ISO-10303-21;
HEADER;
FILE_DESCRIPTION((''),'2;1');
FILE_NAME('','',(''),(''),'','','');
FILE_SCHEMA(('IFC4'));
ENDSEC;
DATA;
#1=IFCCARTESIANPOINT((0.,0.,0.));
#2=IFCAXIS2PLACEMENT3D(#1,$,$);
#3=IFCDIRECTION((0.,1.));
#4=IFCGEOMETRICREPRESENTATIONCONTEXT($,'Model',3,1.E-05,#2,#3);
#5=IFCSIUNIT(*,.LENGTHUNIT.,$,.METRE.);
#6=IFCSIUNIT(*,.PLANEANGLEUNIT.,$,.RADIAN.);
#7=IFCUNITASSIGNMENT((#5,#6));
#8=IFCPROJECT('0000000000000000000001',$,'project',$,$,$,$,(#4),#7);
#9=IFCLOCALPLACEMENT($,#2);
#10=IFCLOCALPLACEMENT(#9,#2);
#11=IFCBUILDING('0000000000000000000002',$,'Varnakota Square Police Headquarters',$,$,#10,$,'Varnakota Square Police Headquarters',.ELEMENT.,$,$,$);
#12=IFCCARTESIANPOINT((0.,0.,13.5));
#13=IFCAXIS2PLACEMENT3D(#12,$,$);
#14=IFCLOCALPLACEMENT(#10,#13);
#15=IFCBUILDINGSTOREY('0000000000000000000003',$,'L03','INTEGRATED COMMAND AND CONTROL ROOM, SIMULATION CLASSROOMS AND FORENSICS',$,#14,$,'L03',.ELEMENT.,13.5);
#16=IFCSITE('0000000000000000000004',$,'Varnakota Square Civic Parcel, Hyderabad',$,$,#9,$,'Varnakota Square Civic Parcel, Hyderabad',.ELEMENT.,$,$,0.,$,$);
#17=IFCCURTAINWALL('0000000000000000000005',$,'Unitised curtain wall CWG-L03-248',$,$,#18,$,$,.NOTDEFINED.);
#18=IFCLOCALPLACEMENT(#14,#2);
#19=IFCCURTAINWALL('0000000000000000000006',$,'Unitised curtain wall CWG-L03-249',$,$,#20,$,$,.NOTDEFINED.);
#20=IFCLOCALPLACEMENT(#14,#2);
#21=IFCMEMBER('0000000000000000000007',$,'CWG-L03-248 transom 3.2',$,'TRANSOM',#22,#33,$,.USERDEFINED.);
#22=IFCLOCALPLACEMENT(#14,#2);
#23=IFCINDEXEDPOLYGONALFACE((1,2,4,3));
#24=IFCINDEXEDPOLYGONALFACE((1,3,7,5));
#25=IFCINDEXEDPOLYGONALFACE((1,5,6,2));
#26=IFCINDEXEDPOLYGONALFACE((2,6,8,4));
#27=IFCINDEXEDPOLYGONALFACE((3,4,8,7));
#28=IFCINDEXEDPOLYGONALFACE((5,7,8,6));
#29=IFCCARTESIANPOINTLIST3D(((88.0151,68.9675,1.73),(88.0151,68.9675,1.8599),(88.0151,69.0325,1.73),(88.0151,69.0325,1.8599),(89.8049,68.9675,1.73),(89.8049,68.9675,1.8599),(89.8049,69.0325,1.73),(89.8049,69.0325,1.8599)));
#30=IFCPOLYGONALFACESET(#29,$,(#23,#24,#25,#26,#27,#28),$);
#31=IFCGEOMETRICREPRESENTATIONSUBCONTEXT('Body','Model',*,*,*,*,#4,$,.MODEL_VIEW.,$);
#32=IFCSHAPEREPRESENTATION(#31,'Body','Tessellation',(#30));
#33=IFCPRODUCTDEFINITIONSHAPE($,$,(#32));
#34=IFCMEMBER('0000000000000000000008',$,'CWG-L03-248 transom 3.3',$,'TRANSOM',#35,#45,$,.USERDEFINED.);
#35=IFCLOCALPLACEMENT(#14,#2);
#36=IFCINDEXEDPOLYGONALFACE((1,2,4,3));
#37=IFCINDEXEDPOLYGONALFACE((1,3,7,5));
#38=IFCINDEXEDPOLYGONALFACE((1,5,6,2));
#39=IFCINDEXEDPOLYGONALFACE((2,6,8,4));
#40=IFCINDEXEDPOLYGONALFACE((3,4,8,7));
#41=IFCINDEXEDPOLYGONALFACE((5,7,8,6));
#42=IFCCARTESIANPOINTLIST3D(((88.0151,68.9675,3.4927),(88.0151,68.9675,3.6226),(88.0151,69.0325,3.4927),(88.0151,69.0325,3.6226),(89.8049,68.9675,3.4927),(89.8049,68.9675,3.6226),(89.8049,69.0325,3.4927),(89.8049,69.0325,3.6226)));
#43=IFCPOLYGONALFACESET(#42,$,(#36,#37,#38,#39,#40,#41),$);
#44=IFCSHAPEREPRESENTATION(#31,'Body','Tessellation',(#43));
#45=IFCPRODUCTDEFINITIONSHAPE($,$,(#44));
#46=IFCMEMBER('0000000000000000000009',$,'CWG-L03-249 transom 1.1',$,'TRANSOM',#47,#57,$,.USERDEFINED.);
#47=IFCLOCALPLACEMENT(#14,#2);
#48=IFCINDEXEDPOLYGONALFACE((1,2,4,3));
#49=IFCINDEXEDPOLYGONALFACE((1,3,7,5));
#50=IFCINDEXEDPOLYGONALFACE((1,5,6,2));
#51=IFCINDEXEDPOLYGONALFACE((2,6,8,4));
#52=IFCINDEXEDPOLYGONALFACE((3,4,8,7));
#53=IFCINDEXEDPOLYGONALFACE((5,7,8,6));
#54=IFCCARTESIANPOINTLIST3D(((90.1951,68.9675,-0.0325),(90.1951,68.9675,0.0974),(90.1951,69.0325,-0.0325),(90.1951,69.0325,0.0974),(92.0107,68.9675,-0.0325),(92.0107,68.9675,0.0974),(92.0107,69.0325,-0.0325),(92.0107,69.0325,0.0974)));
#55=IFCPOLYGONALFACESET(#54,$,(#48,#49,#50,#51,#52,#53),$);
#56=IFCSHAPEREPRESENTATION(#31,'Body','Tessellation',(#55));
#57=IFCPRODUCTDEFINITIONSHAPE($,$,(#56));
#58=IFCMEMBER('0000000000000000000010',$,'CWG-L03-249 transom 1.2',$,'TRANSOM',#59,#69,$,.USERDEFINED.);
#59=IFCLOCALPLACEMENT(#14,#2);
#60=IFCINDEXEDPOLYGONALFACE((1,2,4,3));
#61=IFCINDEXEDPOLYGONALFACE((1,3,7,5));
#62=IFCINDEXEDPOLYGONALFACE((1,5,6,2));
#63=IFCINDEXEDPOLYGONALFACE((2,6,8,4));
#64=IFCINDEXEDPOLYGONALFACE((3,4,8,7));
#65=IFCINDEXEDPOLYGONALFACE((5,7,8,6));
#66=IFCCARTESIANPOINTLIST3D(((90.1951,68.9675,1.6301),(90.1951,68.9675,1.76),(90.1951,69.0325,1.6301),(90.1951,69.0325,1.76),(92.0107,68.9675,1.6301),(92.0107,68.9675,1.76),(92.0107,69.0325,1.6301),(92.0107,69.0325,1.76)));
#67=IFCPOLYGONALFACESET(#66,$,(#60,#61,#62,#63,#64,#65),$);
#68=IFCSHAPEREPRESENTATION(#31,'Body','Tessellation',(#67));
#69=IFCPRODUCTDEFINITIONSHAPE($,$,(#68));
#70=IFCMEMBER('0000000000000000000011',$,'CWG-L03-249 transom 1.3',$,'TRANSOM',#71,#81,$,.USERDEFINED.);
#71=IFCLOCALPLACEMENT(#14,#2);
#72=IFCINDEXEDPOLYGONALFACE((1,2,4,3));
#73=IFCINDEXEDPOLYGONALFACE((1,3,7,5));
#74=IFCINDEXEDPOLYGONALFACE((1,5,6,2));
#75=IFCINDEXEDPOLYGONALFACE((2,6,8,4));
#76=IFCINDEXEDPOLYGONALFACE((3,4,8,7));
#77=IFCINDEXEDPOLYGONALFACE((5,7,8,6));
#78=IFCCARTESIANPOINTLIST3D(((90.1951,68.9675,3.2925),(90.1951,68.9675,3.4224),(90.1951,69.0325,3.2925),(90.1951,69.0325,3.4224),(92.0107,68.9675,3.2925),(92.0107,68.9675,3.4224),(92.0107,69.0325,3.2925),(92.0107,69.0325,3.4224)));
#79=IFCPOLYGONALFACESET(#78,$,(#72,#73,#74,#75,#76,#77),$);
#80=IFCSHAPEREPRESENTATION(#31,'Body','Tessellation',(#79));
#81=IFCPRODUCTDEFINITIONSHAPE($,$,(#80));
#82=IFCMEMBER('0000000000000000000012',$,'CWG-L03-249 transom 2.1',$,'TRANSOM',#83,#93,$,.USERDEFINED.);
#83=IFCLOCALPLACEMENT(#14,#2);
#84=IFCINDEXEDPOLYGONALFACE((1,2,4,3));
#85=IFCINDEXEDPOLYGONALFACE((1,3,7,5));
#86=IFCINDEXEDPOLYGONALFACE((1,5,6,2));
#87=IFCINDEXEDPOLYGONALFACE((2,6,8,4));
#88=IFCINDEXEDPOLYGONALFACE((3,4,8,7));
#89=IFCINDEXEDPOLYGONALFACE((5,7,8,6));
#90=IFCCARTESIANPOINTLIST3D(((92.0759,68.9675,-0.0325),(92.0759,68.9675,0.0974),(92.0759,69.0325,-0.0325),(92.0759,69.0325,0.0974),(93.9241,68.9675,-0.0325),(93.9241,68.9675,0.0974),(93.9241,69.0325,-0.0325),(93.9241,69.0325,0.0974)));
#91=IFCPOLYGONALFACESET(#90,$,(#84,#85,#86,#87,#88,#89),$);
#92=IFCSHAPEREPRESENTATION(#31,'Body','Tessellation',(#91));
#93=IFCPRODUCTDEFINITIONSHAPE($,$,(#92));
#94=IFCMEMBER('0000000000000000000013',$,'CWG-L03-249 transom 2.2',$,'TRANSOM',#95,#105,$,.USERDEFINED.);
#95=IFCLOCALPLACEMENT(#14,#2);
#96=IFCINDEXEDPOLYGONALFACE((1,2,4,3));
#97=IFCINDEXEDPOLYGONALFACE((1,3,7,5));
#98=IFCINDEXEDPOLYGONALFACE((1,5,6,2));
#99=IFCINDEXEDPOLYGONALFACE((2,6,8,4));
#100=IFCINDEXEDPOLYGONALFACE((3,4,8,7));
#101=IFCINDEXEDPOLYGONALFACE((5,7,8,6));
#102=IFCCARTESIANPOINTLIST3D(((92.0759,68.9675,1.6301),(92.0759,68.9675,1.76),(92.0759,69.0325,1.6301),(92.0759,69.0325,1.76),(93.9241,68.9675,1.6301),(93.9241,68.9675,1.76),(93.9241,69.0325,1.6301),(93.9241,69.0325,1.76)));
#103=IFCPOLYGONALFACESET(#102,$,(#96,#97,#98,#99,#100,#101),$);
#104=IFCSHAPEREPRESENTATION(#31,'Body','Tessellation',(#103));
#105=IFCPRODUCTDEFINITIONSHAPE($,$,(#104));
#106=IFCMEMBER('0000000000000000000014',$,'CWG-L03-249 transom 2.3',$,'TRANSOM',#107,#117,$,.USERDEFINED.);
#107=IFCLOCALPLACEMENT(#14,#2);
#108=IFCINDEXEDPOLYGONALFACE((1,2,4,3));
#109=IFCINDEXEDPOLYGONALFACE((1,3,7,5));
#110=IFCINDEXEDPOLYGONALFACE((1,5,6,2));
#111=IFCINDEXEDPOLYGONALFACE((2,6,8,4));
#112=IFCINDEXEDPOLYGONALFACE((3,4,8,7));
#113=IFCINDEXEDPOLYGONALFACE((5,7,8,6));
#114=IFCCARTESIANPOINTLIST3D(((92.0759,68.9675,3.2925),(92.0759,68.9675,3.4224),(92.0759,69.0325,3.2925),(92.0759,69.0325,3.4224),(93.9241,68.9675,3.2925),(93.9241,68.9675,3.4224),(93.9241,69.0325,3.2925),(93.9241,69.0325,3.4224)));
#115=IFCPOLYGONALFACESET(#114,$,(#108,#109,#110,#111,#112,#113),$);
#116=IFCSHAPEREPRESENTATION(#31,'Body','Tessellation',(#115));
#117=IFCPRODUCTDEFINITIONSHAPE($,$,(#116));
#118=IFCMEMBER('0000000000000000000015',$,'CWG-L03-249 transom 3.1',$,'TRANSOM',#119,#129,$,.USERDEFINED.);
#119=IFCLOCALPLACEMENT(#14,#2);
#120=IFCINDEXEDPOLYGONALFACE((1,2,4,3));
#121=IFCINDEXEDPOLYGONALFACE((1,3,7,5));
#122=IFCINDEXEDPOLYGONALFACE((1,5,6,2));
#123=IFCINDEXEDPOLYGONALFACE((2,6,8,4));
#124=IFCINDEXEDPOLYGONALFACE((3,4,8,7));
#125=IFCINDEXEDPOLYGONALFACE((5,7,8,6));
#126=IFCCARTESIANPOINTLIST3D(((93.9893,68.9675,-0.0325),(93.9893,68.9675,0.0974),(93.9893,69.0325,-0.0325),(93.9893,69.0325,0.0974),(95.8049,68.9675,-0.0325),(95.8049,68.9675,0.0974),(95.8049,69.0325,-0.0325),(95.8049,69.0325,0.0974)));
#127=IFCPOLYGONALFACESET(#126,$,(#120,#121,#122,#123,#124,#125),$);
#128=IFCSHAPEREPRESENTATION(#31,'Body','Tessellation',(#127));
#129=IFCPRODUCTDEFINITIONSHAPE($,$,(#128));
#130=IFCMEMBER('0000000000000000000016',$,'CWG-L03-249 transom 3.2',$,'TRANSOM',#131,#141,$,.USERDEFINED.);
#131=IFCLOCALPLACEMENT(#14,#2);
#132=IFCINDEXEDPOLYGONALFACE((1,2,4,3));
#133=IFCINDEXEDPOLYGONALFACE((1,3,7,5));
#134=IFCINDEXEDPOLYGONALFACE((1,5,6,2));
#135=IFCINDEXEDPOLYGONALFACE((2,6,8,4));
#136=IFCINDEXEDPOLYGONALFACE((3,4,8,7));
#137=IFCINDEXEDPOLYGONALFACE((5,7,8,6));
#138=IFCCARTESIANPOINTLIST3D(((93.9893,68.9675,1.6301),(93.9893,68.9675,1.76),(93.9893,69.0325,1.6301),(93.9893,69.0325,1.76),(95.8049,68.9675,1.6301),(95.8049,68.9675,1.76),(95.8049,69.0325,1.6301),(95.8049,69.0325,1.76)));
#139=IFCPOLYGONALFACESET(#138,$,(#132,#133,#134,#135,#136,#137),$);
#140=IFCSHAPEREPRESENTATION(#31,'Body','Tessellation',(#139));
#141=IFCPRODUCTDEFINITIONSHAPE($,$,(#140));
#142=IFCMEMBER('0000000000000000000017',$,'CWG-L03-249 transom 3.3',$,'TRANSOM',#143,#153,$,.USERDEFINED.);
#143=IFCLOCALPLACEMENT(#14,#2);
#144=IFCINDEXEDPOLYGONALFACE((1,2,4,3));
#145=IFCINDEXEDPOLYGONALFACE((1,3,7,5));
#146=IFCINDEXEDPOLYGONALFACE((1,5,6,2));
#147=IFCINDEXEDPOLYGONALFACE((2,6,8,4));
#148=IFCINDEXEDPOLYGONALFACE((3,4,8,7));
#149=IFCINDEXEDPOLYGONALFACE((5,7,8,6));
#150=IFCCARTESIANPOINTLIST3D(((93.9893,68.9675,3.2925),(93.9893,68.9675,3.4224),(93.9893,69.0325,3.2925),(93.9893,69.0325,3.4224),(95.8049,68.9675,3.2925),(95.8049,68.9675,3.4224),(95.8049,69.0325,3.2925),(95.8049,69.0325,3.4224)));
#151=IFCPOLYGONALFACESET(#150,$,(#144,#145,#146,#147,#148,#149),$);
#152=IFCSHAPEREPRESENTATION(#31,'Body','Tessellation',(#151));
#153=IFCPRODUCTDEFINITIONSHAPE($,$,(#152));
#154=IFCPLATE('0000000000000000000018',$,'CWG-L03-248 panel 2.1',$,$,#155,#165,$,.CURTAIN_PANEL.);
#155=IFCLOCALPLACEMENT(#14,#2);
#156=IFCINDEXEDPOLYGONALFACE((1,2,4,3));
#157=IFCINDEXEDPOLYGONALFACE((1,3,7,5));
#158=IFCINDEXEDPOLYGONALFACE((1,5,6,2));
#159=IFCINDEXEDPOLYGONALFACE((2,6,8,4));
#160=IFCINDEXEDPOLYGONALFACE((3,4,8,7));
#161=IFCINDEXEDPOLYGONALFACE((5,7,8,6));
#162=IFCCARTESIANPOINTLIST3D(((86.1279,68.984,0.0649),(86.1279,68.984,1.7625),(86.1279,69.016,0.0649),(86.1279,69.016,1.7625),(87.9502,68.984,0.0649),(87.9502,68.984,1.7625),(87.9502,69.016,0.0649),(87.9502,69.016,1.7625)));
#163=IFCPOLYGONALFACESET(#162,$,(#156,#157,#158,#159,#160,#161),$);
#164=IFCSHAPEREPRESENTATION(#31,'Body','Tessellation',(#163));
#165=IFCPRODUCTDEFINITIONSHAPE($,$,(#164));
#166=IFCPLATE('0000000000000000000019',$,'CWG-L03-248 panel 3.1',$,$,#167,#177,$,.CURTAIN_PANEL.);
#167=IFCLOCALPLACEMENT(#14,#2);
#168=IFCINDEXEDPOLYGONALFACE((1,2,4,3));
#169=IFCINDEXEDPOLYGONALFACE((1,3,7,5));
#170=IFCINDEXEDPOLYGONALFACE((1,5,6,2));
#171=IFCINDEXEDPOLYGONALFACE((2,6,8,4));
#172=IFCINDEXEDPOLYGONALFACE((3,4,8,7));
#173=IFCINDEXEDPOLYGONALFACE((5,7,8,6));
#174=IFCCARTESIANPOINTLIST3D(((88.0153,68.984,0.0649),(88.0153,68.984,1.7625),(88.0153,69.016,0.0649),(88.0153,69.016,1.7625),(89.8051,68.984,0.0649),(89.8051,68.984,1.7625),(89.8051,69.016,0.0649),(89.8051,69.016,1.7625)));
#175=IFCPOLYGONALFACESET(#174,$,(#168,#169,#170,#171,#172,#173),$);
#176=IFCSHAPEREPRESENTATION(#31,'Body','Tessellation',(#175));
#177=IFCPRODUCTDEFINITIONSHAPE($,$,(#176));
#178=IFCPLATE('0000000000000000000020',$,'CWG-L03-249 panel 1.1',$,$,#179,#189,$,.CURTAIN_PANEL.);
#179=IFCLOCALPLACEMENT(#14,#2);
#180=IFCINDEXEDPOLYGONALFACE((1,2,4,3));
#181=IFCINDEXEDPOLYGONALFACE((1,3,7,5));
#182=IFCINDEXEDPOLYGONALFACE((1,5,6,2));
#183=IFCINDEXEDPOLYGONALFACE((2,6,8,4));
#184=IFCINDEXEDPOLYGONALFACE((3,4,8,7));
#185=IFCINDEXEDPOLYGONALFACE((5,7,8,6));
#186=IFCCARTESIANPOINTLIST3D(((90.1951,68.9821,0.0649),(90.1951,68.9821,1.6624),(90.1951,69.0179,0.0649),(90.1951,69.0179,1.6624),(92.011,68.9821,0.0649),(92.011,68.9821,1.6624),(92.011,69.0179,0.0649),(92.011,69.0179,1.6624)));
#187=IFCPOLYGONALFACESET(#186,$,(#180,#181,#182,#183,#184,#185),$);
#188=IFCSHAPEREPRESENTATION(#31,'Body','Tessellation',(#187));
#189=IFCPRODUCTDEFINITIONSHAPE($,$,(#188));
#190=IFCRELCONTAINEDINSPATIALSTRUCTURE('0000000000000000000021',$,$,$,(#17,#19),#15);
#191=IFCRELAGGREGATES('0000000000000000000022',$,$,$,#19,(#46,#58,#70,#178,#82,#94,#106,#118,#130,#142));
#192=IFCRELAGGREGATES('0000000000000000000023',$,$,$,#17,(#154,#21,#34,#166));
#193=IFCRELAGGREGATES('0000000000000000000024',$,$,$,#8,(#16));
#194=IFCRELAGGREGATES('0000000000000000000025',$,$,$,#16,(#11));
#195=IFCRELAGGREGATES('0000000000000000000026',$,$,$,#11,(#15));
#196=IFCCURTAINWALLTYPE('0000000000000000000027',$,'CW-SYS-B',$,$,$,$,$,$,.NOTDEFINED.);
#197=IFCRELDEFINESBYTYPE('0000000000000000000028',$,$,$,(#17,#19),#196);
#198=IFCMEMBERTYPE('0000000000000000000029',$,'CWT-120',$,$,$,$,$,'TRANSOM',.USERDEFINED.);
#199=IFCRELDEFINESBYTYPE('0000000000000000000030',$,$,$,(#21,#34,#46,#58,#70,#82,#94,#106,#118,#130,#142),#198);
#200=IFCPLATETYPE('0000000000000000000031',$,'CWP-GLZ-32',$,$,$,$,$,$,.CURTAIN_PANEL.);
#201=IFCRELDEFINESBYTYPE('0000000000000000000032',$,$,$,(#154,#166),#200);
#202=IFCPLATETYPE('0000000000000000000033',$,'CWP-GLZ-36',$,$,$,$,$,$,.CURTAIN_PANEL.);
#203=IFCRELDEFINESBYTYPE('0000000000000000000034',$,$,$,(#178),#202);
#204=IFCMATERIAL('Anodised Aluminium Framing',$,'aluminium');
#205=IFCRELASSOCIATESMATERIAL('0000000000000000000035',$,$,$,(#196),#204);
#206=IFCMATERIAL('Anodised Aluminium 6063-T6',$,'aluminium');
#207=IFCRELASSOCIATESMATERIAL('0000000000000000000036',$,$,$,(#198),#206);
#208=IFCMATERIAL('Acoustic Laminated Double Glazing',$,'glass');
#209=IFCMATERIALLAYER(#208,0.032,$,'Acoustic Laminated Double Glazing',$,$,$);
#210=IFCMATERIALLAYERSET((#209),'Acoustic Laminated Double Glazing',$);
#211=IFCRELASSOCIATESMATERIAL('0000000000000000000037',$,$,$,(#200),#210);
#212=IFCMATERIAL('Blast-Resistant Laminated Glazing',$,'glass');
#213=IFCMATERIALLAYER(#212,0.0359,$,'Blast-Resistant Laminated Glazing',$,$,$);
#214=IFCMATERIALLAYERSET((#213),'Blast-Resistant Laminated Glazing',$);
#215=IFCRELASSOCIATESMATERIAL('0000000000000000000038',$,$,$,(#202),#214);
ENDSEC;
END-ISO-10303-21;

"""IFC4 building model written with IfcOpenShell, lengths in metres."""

from ifc_helpers import new_model, si_unit, direction, frame, origin, origin_2d, place, context, subcontext, project, spatial, rectangle, extrude, material, layer, layer_set, material_profile, profile_set, type_object, element, aggregate, save


model = new_model("IFC4")

# Units and contexts
model_context = context("Model", 3, precision=1e-05, world=origin(), true_north=direction((0.0, 1.0)))
body_context = subcontext(model_context, "Body", "Model", "MODEL_VIEW")
ifc_project = project(units=[si_unit("LENGTHUNIT", "METRE"), si_unit("PLANEANGLEUNIT", "RADIAN")], contexts=[model_context])

# Site, building, storey
site_placement = place(None, origin())
site = spatial("IfcSite", under=ifc_project, at=site_placement, Name="Varnakota Square Civic Parcel, Hyderabad", LongName="Varnakota Square Civic Parcel, Hyderabad", CompositionType="ELEMENT", RefElevation=0.0)
building_placement = place(site_placement, origin())
building = spatial("IfcBuilding", under=site, at=building_placement, Name="Varnakota Square Police Headquarters", LongName="Varnakota Square Police Headquarters", CompositionType="ELEMENT")
storey_placement = place(building_placement, frame((0.0, 0.0, 13.5)))
storey = spatial("IfcBuildingStorey", under=building, at=storey_placement, Name="L03", Description="INTEGRATED COMMAND AND CONTROL ROOM, SIMULATION CLASSROOMS AND FORENSICS", LongName="L03", CompositionType="ELEMENT", Elevation=13.5)

# Curtain walls
ifc_material_1 = material(Name="Anodised Aluminium Framing", Category="aluminium")
curtain_wall_type = type_object("IfcCurtainWallType", Name="CW-SYS-B", PredefinedType="NOTDEFINED", material=ifc_material_1)
curtain_wall_1_placement = place(storey_placement, origin())
curtain_wall_1 = element("IfcCurtainWall", 1, at=curtain_wall_1_placement, inside=storey, type_object=curtain_wall_type, Name="Unitised curtain wall CWG-L03-248", PredefinedType="NOTDEFINED")
ifc_material_2 = material(Name="Anodised Aluminium 6063-T6", Category="aluminium")
curtain_wall_2_placement = place(storey_placement, origin())
curtain_wall_2 = element("IfcCurtainWall", 2, at=curtain_wall_2_placement, inside=storey, type_object=curtain_wall_type, Name="Unitised curtain wall CWG-L03-249", PredefinedType="NOTDEFINED")

# Members
ifc_material_profile_1 = material_profile(ifc_material_2, rectangle(XDim=0.0649, YDim=0.1299, at=origin_2d()), Name="ALU TRANSOM 65x130")
ifc_profile_set_1 = profile_set([ifc_material_profile_1], Name="Anodised Aluminium 6063-T6")
member_type_1 = type_object("IfcMemberType", Name="CWT-120", ElementType="TRANSOM", PredefinedType="USERDEFINED", material=ifc_profile_set_1)
member_1_placement = place(storey_placement, frame((88.0151, 69.0, 1.7949), z_axis=(1.0, 0.0, 0.0), x_axis=(0.0, 1.0, 0.0)))
member_1 = element("IfcMember", 3, at=member_1_placement, type_object=member_type_1, Name="CWG-L03-248 transom 3.2", ObjectType="TRANSOM", PredefinedType="USERDEFINED", context=body_context, shape_type="SweptSolid", body=[
    extrude(rectangle(XDim=0.0649, YDim=0.1299, at=origin_2d()), origin(), (0.0, 0.0, 1.0), 1.7898),
])
member_2_placement = place(storey_placement, frame((88.0151, 69.0, 3.5576), z_axis=(1.0, 0.0, 0.0), x_axis=(0.0, 1.0, 0.0)))
member_2 = element("IfcMember", 4, at=member_2_placement, type_object=member_type_1, Name="CWG-L03-248 transom 3.3", ObjectType="TRANSOM", PredefinedType="USERDEFINED", context=body_context, shape_type="SweptSolid", body=[
    extrude(rectangle(XDim=0.0649, YDim=0.1299, at=origin_2d()), origin(), (0.0, 0.0, 1.0), 1.7898),
])
member_3_placement = place(storey_placement, frame((90.1951, 69.0, 0.0325), z_axis=(1.0, 0.0, 0.0), x_axis=(0.0, 1.0, 0.0)))
member_3 = element("IfcMember", 5, at=member_3_placement, type_object=member_type_1, Name="CWG-L03-249 transom 1.1", ObjectType="TRANSOM", PredefinedType="USERDEFINED", context=body_context, shape_type="SweptSolid", body=[
    extrude(rectangle(XDim=0.0649, YDim=0.1299, at=origin_2d()), origin(), (0.0, 0.0, 1.0), 1.8157),
])
member_4_placement = place(storey_placement, frame((90.1951, 69.0, 1.6951), z_axis=(1.0, 0.0, 0.0), x_axis=(0.0, 1.0, 0.0)))
member_4 = element("IfcMember", 6, at=member_4_placement, type_object=member_type_1, Name="CWG-L03-249 transom 1.2", ObjectType="TRANSOM", PredefinedType="USERDEFINED", context=body_context, shape_type="SweptSolid", body=[
    extrude(rectangle(XDim=0.0649, YDim=0.1299, at=origin_2d()), origin(), (0.0, 0.0, 1.0), 1.8157),
])
member_5_placement = place(storey_placement, frame((90.1951, 69.0, 3.3574), z_axis=(1.0, 0.0, 0.0), x_axis=(0.0, 1.0, 0.0)))
member_5 = element("IfcMember", 7, at=member_5_placement, type_object=member_type_1, Name="CWG-L03-249 transom 1.3", ObjectType="TRANSOM", PredefinedType="USERDEFINED", context=body_context, shape_type="SweptSolid", body=[
    extrude(rectangle(XDim=0.0649, YDim=0.1299, at=origin_2d()), origin(), (0.0, 0.0, 1.0), 1.8157),
])
member_6_placement = place(storey_placement, frame((92.0759, 69.0, 0.0325), z_axis=(1.0, 0.0, 0.0), x_axis=(0.0, 1.0, 0.0)))
member_6 = element("IfcMember", 8, at=member_6_placement, type_object=member_type_1, Name="CWG-L03-249 transom 2.1", ObjectType="TRANSOM", PredefinedType="USERDEFINED", context=body_context, shape_type="SweptSolid", body=[
    extrude(rectangle(XDim=0.0649, YDim=0.1299, at=origin_2d()), origin(), (0.0, 0.0, 1.0), 1.8481),
])
member_7_placement = place(storey_placement, frame((92.0759, 69.0, 1.6951), z_axis=(1.0, 0.0, 0.0), x_axis=(0.0, 1.0, 0.0)))
member_7 = element("IfcMember", 9, at=member_7_placement, type_object=member_type_1, Name="CWG-L03-249 transom 2.2", ObjectType="TRANSOM", PredefinedType="USERDEFINED", context=body_context, shape_type="SweptSolid", body=[
    extrude(rectangle(XDim=0.0649, YDim=0.1299, at=origin_2d()), origin(), (0.0, 0.0, 1.0), 1.8481),
])
member_8_placement = place(storey_placement, frame((92.0759, 69.0, 3.3574), z_axis=(1.0, 0.0, 0.0), x_axis=(0.0, 1.0, 0.0)))
member_8 = element("IfcMember", 10, at=member_8_placement, type_object=member_type_1, Name="CWG-L03-249 transom 2.3", ObjectType="TRANSOM", PredefinedType="USERDEFINED", context=body_context, shape_type="SweptSolid", body=[
    extrude(rectangle(XDim=0.0649, YDim=0.1299, at=origin_2d()), origin(), (0.0, 0.0, 1.0), 1.8481),
])
member_9_placement = place(storey_placement, frame((93.9893, 69.0, 0.0325), z_axis=(1.0, 0.0, 0.0), x_axis=(0.0, 1.0, 0.0)))
member_9 = element("IfcMember", 11, at=member_9_placement, type_object=member_type_1, Name="CWG-L03-249 transom 3.1", ObjectType="TRANSOM", PredefinedType="USERDEFINED", context=body_context, shape_type="SweptSolid", body=[
    extrude(rectangle(XDim=0.0649, YDim=0.1299, at=origin_2d()), origin(), (0.0, 0.0, 1.0), 1.8157),
])
member_10_placement = place(storey_placement, frame((93.9893, 69.0, 1.6951), z_axis=(1.0, 0.0, 0.0), x_axis=(0.0, 1.0, 0.0)))
member_10 = element("IfcMember", 12, at=member_10_placement, type_object=member_type_1, Name="CWG-L03-249 transom 3.2", ObjectType="TRANSOM", PredefinedType="USERDEFINED", context=body_context, shape_type="SweptSolid", body=[
    extrude(rectangle(XDim=0.0649, YDim=0.1299, at=origin_2d()), origin(), (0.0, 0.0, 1.0), 1.8157),
])
member_11_placement = place(storey_placement, frame((93.9893, 69.0, 3.3574), z_axis=(1.0, 0.0, 0.0), x_axis=(0.0, 1.0, 0.0)))
member_11 = element("IfcMember", 13, at=member_11_placement, type_object=member_type_1, Name="CWG-L03-249 transom 3.3", ObjectType="TRANSOM", PredefinedType="USERDEFINED", context=body_context, shape_type="SweptSolid", body=[
    extrude(rectangle(XDim=0.0649, YDim=0.1299, at=origin_2d()), origin(), (0.0, 0.0, 1.0), 1.8157),
])

# Plates
ifc_material_3 = material(Name="Acoustic Laminated Double Glazing", Category="glass")
ifc_layer_1 = layer(ifc_material_3, 0.032, Name="Acoustic Laminated Double Glazing")
ifc_layer_set_1 = layer_set([ifc_layer_1], Name="Acoustic Laminated Double Glazing")
plate_type_1 = type_object("IfcPlateType", Name="CWP-GLZ-32", PredefinedType="CURTAIN_PANEL", material=ifc_layer_set_1)
plate_1_placement = place(storey_placement, frame((87.0391, 69.0, 0.0649), z_axis=(0.0, 0.0, 1.0), x_axis=(1.0, 0.0, 0.0)))
plate_1 = element("IfcPlate", 14, at=plate_1_placement, type_object=plate_type_1, Name="CWG-L03-248 panel 2.1", PredefinedType="CURTAIN_PANEL", context=body_context, shape_type="SweptSolid", body=[
    extrude(rectangle(XDim=1.8223, YDim=0.032, at=origin_2d()), origin(), (0.0, 0.0, 1.0), 1.6975),
])
plate_2_placement = place(storey_placement, frame((88.9102, 69.0, 0.0649), z_axis=(0.0, 0.0, 1.0), x_axis=(1.0, 0.0, 0.0)))
plate_2 = element("IfcPlate", 15, at=plate_2_placement, type_object=plate_type_1, Name="CWG-L03-248 panel 3.1", PredefinedType="CURTAIN_PANEL", context=body_context, shape_type="SweptSolid", body=[
    extrude(rectangle(XDim=1.7898, YDim=0.032, at=origin_2d()), origin(), (0.0, 0.0, 1.0), 1.6975),
])
ifc_material_4 = material(Name="Blast-Resistant Laminated Glazing", Category="glass")
ifc_layer_2 = layer(ifc_material_4, 0.0359, Name="Blast-Resistant Laminated Glazing")
ifc_layer_set_2 = layer_set([ifc_layer_2], Name="Blast-Resistant Laminated Glazing")
plate_type_2 = type_object("IfcPlateType", Name="CWP-GLZ-36", PredefinedType="CURTAIN_PANEL", material=ifc_layer_set_2)
plate_3_placement = place(storey_placement, frame((91.103, 69.0, 0.0649), z_axis=(0.0, 0.0, 1.0), x_axis=(1.0, 0.0, 0.0)))
plate_3 = element("IfcPlate", 16, at=plate_3_placement, type_object=plate_type_2, Name="CWG-L03-249 panel 1.1", PredefinedType="CURTAIN_PANEL", context=body_context, shape_type="SweptSolid", body=[
    extrude(rectangle(XDim=1.8159, YDim=0.0359, at=origin_2d()), origin(), (0.0, 0.0, 1.0), 1.5974),
])
aggregate(curtain_wall_2, [member_3, member_4, member_5, plate_3, member_6, member_7, member_8, member_9, member_10, member_11])
aggregate(curtain_wall_1, [plate_1, member_1, member_2, plate_2])

save(model, "model.ifc")
